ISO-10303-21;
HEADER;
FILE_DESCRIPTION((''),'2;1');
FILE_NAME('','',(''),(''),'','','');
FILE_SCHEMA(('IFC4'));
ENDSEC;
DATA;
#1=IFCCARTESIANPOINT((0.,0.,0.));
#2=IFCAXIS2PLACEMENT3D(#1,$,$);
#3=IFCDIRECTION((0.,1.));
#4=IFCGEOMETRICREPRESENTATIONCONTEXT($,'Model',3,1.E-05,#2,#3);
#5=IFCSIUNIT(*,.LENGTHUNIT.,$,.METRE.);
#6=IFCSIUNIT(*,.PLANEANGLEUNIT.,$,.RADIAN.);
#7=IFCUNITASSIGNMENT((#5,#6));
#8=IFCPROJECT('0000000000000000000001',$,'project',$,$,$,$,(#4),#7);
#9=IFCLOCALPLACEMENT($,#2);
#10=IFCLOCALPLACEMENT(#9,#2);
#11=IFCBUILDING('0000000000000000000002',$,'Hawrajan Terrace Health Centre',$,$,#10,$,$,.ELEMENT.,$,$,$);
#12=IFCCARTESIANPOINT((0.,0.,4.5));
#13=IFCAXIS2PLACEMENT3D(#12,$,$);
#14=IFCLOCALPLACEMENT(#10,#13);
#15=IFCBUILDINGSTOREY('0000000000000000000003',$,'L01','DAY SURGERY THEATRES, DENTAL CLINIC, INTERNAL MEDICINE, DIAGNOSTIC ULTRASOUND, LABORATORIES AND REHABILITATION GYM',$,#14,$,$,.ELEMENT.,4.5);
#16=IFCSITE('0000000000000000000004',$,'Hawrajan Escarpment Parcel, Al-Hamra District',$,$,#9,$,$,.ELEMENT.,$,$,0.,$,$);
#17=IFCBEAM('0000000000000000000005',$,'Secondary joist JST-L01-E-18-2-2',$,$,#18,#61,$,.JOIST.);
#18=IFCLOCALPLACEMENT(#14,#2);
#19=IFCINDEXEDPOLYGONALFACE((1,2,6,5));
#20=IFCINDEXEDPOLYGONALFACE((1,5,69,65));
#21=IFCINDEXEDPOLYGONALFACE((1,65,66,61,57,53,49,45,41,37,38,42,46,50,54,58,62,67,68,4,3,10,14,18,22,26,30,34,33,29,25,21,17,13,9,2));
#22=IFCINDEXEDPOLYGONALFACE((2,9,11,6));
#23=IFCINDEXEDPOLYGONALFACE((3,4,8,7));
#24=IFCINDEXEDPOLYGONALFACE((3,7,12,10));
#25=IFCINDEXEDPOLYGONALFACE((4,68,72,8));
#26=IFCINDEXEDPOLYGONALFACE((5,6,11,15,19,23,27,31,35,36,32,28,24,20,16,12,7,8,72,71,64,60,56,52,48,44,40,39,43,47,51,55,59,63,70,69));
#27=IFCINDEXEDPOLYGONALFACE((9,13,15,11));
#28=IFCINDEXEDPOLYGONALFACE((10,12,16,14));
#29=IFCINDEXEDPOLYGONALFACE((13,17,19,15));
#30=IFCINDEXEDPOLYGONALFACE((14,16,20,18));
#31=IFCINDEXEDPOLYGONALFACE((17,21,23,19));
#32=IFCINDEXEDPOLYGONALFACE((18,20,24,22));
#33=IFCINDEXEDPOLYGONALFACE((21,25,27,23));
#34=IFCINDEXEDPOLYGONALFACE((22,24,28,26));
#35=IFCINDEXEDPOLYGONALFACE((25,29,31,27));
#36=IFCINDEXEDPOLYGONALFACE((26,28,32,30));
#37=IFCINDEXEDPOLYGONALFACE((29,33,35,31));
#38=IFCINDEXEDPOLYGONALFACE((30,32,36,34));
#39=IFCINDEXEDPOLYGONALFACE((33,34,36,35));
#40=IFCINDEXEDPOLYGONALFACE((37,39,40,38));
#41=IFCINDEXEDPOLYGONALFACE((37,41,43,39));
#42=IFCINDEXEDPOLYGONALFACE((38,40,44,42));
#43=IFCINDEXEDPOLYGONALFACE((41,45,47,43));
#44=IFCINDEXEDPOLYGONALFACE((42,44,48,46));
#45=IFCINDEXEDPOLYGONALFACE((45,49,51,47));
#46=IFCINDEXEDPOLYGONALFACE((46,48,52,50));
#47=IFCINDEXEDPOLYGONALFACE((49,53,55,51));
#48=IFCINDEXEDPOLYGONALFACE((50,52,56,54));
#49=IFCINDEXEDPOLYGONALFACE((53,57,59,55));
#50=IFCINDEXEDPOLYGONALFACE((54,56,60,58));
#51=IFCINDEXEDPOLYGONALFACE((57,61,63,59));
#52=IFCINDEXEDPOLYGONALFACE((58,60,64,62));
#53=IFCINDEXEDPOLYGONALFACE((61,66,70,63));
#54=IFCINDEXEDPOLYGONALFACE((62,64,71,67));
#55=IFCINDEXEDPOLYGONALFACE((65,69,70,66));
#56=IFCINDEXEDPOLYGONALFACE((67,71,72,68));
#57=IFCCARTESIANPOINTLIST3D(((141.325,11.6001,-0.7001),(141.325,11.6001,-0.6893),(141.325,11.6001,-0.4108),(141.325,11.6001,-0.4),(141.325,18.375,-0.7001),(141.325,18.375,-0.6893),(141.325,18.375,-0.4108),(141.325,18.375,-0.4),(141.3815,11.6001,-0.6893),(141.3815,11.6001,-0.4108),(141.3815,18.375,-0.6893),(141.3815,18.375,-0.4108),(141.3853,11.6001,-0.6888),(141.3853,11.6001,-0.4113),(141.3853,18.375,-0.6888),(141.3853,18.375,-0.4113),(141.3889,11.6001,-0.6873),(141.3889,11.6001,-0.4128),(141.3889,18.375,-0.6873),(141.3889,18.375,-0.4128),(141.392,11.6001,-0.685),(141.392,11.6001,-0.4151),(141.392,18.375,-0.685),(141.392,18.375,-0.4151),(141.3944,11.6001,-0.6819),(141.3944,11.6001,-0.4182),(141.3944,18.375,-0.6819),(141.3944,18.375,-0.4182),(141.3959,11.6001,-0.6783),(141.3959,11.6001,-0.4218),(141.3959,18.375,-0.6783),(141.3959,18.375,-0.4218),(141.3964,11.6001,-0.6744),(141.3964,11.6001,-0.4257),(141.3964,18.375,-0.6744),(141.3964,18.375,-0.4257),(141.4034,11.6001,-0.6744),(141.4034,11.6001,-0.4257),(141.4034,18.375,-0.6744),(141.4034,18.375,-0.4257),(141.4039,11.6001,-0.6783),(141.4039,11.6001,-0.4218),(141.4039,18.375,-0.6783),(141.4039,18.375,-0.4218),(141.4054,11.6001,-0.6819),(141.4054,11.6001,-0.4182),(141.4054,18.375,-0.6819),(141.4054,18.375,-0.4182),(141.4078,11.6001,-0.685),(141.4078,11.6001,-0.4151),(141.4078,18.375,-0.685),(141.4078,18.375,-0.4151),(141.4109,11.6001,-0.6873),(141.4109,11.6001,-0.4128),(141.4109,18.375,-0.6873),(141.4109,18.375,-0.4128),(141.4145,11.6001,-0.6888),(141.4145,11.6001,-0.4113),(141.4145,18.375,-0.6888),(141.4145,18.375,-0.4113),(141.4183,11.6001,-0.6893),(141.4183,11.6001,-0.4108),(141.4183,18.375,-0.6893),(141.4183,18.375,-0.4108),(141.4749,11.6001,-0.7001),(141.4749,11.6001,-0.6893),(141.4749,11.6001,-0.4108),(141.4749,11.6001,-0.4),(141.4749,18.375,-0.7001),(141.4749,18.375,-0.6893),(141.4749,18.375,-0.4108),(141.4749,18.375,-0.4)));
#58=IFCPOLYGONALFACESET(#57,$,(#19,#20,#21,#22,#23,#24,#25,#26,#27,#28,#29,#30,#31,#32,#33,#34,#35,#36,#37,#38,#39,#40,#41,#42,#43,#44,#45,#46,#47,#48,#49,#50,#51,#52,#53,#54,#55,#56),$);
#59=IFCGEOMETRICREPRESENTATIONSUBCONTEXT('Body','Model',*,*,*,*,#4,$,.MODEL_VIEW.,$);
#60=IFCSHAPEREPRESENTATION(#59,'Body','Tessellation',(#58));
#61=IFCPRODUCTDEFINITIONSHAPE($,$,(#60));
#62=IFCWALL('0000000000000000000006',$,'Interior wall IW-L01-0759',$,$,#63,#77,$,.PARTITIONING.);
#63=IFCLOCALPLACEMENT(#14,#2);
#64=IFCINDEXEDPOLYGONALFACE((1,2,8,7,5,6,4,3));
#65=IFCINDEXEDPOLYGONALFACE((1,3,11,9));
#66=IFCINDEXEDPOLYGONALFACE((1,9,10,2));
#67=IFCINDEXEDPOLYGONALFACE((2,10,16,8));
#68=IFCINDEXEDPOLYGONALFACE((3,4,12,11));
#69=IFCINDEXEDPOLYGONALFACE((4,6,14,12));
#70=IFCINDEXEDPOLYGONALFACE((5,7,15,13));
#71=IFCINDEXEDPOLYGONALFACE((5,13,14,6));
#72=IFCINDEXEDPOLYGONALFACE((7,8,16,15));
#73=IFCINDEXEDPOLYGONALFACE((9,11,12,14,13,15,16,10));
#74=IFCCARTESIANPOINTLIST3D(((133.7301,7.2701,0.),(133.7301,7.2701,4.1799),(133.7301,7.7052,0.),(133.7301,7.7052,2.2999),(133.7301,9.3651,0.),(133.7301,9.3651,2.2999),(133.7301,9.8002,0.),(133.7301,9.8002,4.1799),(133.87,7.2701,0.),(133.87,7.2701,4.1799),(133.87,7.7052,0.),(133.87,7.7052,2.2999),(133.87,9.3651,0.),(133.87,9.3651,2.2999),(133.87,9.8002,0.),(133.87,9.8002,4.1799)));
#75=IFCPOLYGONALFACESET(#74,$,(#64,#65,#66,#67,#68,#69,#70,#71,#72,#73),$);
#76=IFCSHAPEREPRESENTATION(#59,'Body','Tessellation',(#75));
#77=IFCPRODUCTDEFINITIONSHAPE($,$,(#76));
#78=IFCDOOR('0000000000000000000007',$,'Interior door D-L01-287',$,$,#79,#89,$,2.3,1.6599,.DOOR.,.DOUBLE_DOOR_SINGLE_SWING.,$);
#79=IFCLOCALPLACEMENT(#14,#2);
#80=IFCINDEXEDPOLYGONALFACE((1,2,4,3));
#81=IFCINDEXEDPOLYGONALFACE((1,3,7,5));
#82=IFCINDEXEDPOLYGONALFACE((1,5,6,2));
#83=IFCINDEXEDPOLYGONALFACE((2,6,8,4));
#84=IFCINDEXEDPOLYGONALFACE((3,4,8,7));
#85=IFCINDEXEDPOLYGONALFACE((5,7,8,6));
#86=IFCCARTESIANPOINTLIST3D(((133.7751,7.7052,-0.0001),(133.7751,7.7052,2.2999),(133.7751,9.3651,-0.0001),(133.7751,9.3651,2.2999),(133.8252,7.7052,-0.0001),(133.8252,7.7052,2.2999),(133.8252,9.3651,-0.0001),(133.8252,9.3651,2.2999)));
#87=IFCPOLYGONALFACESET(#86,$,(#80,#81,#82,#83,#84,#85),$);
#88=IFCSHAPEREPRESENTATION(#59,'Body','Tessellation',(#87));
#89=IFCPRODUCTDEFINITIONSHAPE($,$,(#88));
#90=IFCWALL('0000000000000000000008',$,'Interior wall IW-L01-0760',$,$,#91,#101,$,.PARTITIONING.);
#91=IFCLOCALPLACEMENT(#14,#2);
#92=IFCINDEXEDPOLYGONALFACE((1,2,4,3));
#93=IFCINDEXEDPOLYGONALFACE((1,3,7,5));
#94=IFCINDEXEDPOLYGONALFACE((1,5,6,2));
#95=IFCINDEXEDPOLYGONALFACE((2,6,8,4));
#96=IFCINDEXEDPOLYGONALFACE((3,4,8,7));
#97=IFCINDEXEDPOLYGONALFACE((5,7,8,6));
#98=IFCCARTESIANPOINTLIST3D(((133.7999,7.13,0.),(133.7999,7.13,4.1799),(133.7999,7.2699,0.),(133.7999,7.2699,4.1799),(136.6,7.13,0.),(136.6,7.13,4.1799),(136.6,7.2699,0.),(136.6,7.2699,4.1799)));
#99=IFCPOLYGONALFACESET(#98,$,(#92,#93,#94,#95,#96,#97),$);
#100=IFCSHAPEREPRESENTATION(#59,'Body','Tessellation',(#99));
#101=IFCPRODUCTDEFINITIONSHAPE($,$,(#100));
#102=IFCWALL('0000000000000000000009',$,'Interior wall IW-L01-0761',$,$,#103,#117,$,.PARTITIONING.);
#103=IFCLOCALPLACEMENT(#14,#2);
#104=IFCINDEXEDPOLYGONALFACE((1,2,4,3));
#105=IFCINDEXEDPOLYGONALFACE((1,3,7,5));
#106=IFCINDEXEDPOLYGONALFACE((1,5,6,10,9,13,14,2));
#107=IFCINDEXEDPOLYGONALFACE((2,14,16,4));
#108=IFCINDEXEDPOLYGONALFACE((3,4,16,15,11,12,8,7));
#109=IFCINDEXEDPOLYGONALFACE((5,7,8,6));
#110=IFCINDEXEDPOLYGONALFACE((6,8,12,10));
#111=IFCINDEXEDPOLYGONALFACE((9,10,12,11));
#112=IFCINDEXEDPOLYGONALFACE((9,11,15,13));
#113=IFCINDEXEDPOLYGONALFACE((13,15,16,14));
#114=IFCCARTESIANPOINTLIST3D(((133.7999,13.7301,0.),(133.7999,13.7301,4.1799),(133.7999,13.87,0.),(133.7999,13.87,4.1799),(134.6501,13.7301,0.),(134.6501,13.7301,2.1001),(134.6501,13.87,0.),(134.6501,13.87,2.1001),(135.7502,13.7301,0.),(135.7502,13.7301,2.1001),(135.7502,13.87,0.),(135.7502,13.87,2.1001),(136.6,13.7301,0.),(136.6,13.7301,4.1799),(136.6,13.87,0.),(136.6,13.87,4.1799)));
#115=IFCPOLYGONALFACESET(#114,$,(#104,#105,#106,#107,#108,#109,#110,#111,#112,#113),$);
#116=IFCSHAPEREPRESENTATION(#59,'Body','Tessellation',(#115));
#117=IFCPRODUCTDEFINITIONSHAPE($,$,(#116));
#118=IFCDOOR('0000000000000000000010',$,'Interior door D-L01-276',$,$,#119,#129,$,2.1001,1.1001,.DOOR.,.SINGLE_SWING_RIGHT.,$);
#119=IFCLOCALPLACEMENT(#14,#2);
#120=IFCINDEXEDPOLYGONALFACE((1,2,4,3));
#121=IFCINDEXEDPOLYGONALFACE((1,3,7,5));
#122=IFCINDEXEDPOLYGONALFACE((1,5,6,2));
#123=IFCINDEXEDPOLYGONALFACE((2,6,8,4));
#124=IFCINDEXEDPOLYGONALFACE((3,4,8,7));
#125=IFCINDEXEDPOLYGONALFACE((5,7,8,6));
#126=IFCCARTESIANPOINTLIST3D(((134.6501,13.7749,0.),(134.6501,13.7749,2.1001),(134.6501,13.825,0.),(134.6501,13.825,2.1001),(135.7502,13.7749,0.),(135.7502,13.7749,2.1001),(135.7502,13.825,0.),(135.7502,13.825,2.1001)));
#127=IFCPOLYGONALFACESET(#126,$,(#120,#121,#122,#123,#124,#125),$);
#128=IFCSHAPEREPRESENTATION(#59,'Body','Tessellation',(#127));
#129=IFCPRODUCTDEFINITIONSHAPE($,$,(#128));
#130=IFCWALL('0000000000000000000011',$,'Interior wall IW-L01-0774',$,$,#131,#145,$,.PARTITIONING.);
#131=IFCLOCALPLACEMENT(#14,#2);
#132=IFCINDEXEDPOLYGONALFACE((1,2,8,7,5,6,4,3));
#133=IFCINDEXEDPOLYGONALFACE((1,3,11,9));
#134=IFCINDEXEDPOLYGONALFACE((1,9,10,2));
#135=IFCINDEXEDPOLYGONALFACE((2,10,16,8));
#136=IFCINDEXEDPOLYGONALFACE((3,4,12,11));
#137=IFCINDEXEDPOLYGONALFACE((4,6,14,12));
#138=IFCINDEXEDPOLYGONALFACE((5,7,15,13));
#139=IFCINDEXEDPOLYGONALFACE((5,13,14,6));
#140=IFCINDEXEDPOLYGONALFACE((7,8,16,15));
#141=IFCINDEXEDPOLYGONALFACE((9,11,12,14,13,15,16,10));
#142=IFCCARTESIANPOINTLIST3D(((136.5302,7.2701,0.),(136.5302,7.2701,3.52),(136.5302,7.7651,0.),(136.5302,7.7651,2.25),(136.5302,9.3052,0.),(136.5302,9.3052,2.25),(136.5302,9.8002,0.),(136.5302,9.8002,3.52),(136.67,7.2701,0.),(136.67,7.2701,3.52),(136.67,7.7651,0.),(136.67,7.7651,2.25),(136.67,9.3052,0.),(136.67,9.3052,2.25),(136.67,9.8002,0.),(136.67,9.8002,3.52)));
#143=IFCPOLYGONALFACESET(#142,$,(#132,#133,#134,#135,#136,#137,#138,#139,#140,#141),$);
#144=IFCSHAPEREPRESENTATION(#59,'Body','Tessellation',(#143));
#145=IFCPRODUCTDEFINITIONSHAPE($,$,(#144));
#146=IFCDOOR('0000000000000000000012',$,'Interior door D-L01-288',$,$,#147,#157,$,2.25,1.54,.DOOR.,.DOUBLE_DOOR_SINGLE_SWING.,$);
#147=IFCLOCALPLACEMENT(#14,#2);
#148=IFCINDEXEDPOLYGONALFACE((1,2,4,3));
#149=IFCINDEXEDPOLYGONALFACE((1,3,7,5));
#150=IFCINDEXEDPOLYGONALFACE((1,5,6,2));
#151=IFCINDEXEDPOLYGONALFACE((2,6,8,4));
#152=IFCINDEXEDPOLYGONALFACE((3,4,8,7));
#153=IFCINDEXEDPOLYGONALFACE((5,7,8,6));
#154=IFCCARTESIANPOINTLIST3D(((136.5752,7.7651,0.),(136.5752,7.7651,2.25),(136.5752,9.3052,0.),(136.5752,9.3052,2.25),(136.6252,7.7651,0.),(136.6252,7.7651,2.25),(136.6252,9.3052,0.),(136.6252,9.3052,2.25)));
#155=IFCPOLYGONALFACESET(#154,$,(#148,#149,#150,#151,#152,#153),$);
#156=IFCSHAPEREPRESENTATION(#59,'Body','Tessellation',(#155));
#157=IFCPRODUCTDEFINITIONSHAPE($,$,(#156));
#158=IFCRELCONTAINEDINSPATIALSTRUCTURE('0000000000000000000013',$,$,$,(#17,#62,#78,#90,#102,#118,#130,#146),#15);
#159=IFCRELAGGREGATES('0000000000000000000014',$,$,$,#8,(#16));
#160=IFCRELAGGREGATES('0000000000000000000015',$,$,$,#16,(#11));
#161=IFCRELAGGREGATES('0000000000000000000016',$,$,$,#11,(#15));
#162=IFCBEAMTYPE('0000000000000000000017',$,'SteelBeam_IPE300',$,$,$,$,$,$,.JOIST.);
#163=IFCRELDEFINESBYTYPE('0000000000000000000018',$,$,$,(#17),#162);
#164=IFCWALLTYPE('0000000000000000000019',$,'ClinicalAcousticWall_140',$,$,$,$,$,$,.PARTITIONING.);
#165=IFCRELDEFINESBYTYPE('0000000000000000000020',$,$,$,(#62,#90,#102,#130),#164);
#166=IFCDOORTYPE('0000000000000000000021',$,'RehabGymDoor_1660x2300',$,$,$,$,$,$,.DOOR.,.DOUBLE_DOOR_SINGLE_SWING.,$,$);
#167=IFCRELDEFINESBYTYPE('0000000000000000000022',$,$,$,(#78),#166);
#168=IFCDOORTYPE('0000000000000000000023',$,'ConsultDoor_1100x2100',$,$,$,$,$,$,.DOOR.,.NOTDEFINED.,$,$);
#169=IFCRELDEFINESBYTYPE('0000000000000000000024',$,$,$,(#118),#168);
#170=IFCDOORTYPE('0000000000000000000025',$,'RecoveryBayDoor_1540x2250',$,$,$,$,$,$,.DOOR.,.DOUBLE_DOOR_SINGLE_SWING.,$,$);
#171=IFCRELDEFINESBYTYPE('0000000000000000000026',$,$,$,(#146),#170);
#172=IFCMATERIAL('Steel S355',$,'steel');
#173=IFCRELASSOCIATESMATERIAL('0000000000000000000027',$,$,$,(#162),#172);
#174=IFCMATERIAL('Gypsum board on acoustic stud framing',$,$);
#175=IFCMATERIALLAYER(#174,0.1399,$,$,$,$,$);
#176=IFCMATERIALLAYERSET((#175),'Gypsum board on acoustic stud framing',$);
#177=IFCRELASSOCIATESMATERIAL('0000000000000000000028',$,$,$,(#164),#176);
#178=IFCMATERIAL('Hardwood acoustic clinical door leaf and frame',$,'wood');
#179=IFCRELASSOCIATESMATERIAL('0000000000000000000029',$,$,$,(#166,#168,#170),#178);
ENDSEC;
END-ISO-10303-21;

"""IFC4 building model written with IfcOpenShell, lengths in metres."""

from ifc_helpers import new_model, si_unit, direction, frame, frame_2d, origin, origin_2d, place, context, subcontext, project, spatial, rectangle, i_section, extrude, material, layer, layer_set, material_profile, profile_set, type_object, element, fill, save


model = new_model("IFC4")

# Units and contexts
model_context = context("Model", 3, precision=1e-05, world=origin(), true_north=direction((0.0, 1.0)))
body_context = subcontext(model_context, "Body", "Model", "MODEL_VIEW")
ifc_project = project(units=[si_unit("LENGTHUNIT", "METRE"), si_unit("PLANEANGLEUNIT", "RADIAN")], contexts=[model_context])

# Site, building, storey
site_placement = place(None, origin())
site = spatial("IfcSite", under=ifc_project, at=site_placement, Name="Hawrajan Escarpment Parcel, Al-Hamra District", CompositionType="ELEMENT", RefElevation=0.0)
building_placement = place(site_placement, origin())
building = spatial("IfcBuilding", under=site, at=building_placement, Name="Hawrajan Terrace Health Centre", CompositionType="ELEMENT")
storey_placement = place(building_placement, frame((0.0, 0.0, 4.5)))
storey = spatial("IfcBuildingStorey", under=building, at=storey_placement, Name="L01", Description="DAY SURGERY THEATRES, DENTAL CLINIC, INTERNAL MEDICINE, DIAGNOSTIC ULTRASOUND, LABORATORIES AND REHABILITATION GYM", CompositionType="ELEMENT", Elevation=4.5)

# Beam
ifc_material_1 = material(Name="Steel S355", Category="steel")
ifc_material_profile_1 = material_profile(ifc_material_1, i_section(OverallWidth=0.1499, OverallDepth=0.3, WebThickness=0.0071, FlangeThickness=0.0107, FilletRadius=0.0149, at=origin_2d()), Name="IPE 300")
ifc_profile_set_1 = profile_set([ifc_material_profile_1], Name="Steel S355")
beam_type_1 = type_object("IfcBeamType", Name="SteelBeam_IPE300", PredefinedType="JOIST", material=ifc_profile_set_1)
for number, where, z_axis, x_axis, name in (
    (1, (141.3999, 11.6001, -0.55), (0.0, 1.0, 0.0), (-1.0, 0.0, 0.0), "Secondary joist JST-L01-E-18-2-2"),
):
    element("IfcBeam", number, at=place(storey_placement, frame(where, z_axis=z_axis, x_axis=x_axis)), inside=storey, type_object=beam_type_1, Name=name, PredefinedType="JOIST", context=body_context, shape_type="SweptSolid", body=[
        extrude(i_section(OverallWidth=0.1499, OverallDepth=0.3, WebThickness=0.0071, FlangeThickness=0.0107, FilletRadius=0.0149, at=origin_2d()), origin(), (0.0, 0.0, 1.0), 6.7749),
    ])

# Wall, opening, door
ifc_material_2 = material(Name="Gypsum board on acoustic stud framing")
ifc_layer_1 = layer(ifc_material_2, 0.1399)
ifc_layer_set_1 = layer_set([ifc_layer_1], Name="Gypsum board on acoustic stud framing")
wall_type_1 = type_object("IfcWallType", Name="ClinicalAcousticWall_140", PredefinedType="PARTITIONING", material=ifc_layer_set_1)
wall_1_placement = place(storey_placement, frame((133.8, 7.27, 0.0), z_axis=(0.0, 0.0, 1.0), x_axis=(0.0, 1.0, 0.0)))
wall_1 = element("IfcWall", 2, at=wall_1_placement, inside=storey, type_object=wall_type_1, Name="Interior wall IW-L01-0759", PredefinedType="PARTITIONING", context=body_context, shape_type="SweptSolid", body=[
    extrude(rectangle(XDim=2.53, YDim=0.1399, at=frame_2d((1.2651, 0.0))), origin(), (0.0, 0.0, 1.0), 4.1799),
])
opening_1_placement = place(wall_1_placement, frame((0.4351, 0.0, 0.0)))
opening_1 = element("IfcOpeningElement", 3, at=opening_1_placement, cuts=wall_1, PredefinedType="OPENING", context=body_context, shape_type="SweptSolid", body=[
    extrude(rectangle(XDim=1.6599, YDim=2.3, at=frame_2d((0.8301, 1.1499))), frame((0.0, 0.0798, 0.0), z_axis=(0.0, -1.0, 0.0), x_axis=(1.0, 0.0, 0.0)), (0.0, 0.0, 1.0), 0.1599),
])
ifc_material_3 = material(Name="Hardwood acoustic clinical door leaf and frame", Category="wood")
door_type_1 = type_object("IfcDoorType", Name="RehabGymDoor_1660x2300", OperationType="DOUBLE_DOOR_SINGLE_SWING", PredefinedType="DOOR", material=ifc_material_3)
door_1_placement = place(opening_1_placement, origin())
door_1 = element("IfcDoor", 4, at=door_1_placement, inside=storey, type_object=door_type_1, Name="Interior door D-L01-287", OperationType="DOUBLE_DOOR_SINGLE_SWING", OverallHeight=2.3, OverallWidth=1.6599, PredefinedType="DOOR", context=body_context, shape_type="SweptSolid", body=[
    extrude(rectangle(XDim=1.6599, YDim=2.3, at=frame_2d((0.8301, 1.1499))), frame((0.0, 0.0249, 0.0), z_axis=(0.0, -1.0, 0.0), x_axis=(1.0, 0.0, 0.0)), (0.0, 0.0, 1.0), 0.05),
])
fill(opening_1, door_1)

# Wall
wall_2_placement = place(storey_placement, frame((133.8, 7.2, 0.0), z_axis=(0.0, 0.0, 1.0), x_axis=(1.0, 0.0, 0.0)))
element("IfcWall", 5, at=wall_2_placement, inside=storey, type_object=wall_type_1, Name="Interior wall IW-L01-0760", PredefinedType="PARTITIONING", context=body_context, shape_type="SweptSolid", body=[
    extrude(rectangle(XDim=2.8, YDim=0.1399, at=frame_2d((1.3999, 0.0))), origin(), (0.0, 0.0, 1.0), 4.1799),
])

# Walls, openings, doors
wall_3_placement = place(storey_placement, frame((133.8, 13.8, 0.0), z_axis=(0.0, 0.0, 1.0), x_axis=(1.0, 0.0, 0.0)))
wall_3 = element("IfcWall", 6, at=wall_3_placement, inside=storey, type_object=wall_type_1, Name="Interior wall IW-L01-0761", PredefinedType="PARTITIONING", context=body_context, shape_type="SweptSolid", body=[
    extrude(rectangle(XDim=2.8, YDim=0.1399, at=frame_2d((1.3999, 0.0))), origin(), (0.0, 0.0, 1.0), 4.1799),
])
opening_2_placement = place(wall_3_placement, frame((0.8501, 0.0, 0.0)))
opening_2 = element("IfcOpeningElement", 7, at=opening_2_placement, cuts=wall_3, PredefinedType="OPENING", context=body_context, shape_type="SweptSolid", body=[
    extrude(rectangle(XDim=1.1001, YDim=2.1001, at=frame_2d((0.55, 1.05))), frame((0.0, 0.0798, 0.0), z_axis=(0.0, -1.0, 0.0), x_axis=(1.0, 0.0, 0.0)), (0.0, 0.0, 1.0), 0.1599),
])
door_type_2 = type_object("IfcDoorType", Name="ConsultDoor_1100x2100", OperationType="NOTDEFINED", PredefinedType="DOOR", material=ifc_material_3)
door_2_placement = place(opening_2_placement, origin())
door_2 = element("IfcDoor", 8, at=door_2_placement, inside=storey, type_object=door_type_2, Name="Interior door D-L01-276", OperationType="SINGLE_SWING_RIGHT", OverallHeight=2.1001, OverallWidth=1.1001, PredefinedType="DOOR", context=body_context, shape_type="SweptSolid", body=[
    extrude(rectangle(XDim=1.1001, YDim=2.1001, at=frame_2d((0.55, 1.05))), frame((0.0, 0.0249, 0.0), z_axis=(0.0, -1.0, 0.0), x_axis=(1.0, 0.0, 0.0)), (0.0, 0.0, 1.0), 0.05),
])
fill(opening_2, door_2)
wall_4_placement = place(storey_placement, frame((136.6001, 7.27, 0.0), z_axis=(0.0, 0.0, 1.0), x_axis=(0.0, 1.0, 0.0)))
wall_4 = element("IfcWall", 9, at=wall_4_placement, inside=storey, type_object=wall_type_1, Name="Interior wall IW-L01-0774", PredefinedType="PARTITIONING", context=body_context, shape_type="SweptSolid", body=[
    extrude(rectangle(XDim=2.53, YDim=0.1399, at=frame_2d((1.2651, 0.0))), origin(), (0.0, 0.0, 1.0), 3.52),
])
opening_3_placement = place(wall_4_placement, frame((0.4951, 0.0, 0.0)))
opening_3 = element("IfcOpeningElement", 10, at=opening_3_placement, cuts=wall_4, PredefinedType="OPENING", context=body_context, shape_type="SweptSolid", body=[
    extrude(rectangle(XDim=1.54, YDim=2.25, at=frame_2d((0.77, 1.125))), frame((0.0, 0.0798, 0.0), z_axis=(0.0, -1.0, 0.0), x_axis=(1.0, 0.0, 0.0)), (0.0, 0.0, 1.0), 0.1599),
])
door_type_3 = type_object("IfcDoorType", Name="RecoveryBayDoor_1540x2250", OperationType="DOUBLE_DOOR_SINGLE_SWING", PredefinedType="DOOR", material=ifc_material_3)
door_3_placement = place(opening_3_placement, origin())
door_3 = element("IfcDoor", 11, at=door_3_placement, inside=storey, type_object=door_type_3, Name="Interior door D-L01-288", OperationType="DOUBLE_DOOR_SINGLE_SWING", OverallHeight=2.25, OverallWidth=1.54, PredefinedType="DOOR", context=body_context, shape_type="SweptSolid", body=[
    extrude(rectangle(XDim=1.54, YDim=2.25, at=frame_2d((0.77, 1.125))), frame((0.0, 0.0249, 0.0), z_axis=(0.0, -1.0, 0.0), x_axis=(1.0, 0.0, 0.0)), (0.0, 0.0, 1.0), 0.05),
])
fill(opening_3, door_3)

save(model, "model.ifc")
